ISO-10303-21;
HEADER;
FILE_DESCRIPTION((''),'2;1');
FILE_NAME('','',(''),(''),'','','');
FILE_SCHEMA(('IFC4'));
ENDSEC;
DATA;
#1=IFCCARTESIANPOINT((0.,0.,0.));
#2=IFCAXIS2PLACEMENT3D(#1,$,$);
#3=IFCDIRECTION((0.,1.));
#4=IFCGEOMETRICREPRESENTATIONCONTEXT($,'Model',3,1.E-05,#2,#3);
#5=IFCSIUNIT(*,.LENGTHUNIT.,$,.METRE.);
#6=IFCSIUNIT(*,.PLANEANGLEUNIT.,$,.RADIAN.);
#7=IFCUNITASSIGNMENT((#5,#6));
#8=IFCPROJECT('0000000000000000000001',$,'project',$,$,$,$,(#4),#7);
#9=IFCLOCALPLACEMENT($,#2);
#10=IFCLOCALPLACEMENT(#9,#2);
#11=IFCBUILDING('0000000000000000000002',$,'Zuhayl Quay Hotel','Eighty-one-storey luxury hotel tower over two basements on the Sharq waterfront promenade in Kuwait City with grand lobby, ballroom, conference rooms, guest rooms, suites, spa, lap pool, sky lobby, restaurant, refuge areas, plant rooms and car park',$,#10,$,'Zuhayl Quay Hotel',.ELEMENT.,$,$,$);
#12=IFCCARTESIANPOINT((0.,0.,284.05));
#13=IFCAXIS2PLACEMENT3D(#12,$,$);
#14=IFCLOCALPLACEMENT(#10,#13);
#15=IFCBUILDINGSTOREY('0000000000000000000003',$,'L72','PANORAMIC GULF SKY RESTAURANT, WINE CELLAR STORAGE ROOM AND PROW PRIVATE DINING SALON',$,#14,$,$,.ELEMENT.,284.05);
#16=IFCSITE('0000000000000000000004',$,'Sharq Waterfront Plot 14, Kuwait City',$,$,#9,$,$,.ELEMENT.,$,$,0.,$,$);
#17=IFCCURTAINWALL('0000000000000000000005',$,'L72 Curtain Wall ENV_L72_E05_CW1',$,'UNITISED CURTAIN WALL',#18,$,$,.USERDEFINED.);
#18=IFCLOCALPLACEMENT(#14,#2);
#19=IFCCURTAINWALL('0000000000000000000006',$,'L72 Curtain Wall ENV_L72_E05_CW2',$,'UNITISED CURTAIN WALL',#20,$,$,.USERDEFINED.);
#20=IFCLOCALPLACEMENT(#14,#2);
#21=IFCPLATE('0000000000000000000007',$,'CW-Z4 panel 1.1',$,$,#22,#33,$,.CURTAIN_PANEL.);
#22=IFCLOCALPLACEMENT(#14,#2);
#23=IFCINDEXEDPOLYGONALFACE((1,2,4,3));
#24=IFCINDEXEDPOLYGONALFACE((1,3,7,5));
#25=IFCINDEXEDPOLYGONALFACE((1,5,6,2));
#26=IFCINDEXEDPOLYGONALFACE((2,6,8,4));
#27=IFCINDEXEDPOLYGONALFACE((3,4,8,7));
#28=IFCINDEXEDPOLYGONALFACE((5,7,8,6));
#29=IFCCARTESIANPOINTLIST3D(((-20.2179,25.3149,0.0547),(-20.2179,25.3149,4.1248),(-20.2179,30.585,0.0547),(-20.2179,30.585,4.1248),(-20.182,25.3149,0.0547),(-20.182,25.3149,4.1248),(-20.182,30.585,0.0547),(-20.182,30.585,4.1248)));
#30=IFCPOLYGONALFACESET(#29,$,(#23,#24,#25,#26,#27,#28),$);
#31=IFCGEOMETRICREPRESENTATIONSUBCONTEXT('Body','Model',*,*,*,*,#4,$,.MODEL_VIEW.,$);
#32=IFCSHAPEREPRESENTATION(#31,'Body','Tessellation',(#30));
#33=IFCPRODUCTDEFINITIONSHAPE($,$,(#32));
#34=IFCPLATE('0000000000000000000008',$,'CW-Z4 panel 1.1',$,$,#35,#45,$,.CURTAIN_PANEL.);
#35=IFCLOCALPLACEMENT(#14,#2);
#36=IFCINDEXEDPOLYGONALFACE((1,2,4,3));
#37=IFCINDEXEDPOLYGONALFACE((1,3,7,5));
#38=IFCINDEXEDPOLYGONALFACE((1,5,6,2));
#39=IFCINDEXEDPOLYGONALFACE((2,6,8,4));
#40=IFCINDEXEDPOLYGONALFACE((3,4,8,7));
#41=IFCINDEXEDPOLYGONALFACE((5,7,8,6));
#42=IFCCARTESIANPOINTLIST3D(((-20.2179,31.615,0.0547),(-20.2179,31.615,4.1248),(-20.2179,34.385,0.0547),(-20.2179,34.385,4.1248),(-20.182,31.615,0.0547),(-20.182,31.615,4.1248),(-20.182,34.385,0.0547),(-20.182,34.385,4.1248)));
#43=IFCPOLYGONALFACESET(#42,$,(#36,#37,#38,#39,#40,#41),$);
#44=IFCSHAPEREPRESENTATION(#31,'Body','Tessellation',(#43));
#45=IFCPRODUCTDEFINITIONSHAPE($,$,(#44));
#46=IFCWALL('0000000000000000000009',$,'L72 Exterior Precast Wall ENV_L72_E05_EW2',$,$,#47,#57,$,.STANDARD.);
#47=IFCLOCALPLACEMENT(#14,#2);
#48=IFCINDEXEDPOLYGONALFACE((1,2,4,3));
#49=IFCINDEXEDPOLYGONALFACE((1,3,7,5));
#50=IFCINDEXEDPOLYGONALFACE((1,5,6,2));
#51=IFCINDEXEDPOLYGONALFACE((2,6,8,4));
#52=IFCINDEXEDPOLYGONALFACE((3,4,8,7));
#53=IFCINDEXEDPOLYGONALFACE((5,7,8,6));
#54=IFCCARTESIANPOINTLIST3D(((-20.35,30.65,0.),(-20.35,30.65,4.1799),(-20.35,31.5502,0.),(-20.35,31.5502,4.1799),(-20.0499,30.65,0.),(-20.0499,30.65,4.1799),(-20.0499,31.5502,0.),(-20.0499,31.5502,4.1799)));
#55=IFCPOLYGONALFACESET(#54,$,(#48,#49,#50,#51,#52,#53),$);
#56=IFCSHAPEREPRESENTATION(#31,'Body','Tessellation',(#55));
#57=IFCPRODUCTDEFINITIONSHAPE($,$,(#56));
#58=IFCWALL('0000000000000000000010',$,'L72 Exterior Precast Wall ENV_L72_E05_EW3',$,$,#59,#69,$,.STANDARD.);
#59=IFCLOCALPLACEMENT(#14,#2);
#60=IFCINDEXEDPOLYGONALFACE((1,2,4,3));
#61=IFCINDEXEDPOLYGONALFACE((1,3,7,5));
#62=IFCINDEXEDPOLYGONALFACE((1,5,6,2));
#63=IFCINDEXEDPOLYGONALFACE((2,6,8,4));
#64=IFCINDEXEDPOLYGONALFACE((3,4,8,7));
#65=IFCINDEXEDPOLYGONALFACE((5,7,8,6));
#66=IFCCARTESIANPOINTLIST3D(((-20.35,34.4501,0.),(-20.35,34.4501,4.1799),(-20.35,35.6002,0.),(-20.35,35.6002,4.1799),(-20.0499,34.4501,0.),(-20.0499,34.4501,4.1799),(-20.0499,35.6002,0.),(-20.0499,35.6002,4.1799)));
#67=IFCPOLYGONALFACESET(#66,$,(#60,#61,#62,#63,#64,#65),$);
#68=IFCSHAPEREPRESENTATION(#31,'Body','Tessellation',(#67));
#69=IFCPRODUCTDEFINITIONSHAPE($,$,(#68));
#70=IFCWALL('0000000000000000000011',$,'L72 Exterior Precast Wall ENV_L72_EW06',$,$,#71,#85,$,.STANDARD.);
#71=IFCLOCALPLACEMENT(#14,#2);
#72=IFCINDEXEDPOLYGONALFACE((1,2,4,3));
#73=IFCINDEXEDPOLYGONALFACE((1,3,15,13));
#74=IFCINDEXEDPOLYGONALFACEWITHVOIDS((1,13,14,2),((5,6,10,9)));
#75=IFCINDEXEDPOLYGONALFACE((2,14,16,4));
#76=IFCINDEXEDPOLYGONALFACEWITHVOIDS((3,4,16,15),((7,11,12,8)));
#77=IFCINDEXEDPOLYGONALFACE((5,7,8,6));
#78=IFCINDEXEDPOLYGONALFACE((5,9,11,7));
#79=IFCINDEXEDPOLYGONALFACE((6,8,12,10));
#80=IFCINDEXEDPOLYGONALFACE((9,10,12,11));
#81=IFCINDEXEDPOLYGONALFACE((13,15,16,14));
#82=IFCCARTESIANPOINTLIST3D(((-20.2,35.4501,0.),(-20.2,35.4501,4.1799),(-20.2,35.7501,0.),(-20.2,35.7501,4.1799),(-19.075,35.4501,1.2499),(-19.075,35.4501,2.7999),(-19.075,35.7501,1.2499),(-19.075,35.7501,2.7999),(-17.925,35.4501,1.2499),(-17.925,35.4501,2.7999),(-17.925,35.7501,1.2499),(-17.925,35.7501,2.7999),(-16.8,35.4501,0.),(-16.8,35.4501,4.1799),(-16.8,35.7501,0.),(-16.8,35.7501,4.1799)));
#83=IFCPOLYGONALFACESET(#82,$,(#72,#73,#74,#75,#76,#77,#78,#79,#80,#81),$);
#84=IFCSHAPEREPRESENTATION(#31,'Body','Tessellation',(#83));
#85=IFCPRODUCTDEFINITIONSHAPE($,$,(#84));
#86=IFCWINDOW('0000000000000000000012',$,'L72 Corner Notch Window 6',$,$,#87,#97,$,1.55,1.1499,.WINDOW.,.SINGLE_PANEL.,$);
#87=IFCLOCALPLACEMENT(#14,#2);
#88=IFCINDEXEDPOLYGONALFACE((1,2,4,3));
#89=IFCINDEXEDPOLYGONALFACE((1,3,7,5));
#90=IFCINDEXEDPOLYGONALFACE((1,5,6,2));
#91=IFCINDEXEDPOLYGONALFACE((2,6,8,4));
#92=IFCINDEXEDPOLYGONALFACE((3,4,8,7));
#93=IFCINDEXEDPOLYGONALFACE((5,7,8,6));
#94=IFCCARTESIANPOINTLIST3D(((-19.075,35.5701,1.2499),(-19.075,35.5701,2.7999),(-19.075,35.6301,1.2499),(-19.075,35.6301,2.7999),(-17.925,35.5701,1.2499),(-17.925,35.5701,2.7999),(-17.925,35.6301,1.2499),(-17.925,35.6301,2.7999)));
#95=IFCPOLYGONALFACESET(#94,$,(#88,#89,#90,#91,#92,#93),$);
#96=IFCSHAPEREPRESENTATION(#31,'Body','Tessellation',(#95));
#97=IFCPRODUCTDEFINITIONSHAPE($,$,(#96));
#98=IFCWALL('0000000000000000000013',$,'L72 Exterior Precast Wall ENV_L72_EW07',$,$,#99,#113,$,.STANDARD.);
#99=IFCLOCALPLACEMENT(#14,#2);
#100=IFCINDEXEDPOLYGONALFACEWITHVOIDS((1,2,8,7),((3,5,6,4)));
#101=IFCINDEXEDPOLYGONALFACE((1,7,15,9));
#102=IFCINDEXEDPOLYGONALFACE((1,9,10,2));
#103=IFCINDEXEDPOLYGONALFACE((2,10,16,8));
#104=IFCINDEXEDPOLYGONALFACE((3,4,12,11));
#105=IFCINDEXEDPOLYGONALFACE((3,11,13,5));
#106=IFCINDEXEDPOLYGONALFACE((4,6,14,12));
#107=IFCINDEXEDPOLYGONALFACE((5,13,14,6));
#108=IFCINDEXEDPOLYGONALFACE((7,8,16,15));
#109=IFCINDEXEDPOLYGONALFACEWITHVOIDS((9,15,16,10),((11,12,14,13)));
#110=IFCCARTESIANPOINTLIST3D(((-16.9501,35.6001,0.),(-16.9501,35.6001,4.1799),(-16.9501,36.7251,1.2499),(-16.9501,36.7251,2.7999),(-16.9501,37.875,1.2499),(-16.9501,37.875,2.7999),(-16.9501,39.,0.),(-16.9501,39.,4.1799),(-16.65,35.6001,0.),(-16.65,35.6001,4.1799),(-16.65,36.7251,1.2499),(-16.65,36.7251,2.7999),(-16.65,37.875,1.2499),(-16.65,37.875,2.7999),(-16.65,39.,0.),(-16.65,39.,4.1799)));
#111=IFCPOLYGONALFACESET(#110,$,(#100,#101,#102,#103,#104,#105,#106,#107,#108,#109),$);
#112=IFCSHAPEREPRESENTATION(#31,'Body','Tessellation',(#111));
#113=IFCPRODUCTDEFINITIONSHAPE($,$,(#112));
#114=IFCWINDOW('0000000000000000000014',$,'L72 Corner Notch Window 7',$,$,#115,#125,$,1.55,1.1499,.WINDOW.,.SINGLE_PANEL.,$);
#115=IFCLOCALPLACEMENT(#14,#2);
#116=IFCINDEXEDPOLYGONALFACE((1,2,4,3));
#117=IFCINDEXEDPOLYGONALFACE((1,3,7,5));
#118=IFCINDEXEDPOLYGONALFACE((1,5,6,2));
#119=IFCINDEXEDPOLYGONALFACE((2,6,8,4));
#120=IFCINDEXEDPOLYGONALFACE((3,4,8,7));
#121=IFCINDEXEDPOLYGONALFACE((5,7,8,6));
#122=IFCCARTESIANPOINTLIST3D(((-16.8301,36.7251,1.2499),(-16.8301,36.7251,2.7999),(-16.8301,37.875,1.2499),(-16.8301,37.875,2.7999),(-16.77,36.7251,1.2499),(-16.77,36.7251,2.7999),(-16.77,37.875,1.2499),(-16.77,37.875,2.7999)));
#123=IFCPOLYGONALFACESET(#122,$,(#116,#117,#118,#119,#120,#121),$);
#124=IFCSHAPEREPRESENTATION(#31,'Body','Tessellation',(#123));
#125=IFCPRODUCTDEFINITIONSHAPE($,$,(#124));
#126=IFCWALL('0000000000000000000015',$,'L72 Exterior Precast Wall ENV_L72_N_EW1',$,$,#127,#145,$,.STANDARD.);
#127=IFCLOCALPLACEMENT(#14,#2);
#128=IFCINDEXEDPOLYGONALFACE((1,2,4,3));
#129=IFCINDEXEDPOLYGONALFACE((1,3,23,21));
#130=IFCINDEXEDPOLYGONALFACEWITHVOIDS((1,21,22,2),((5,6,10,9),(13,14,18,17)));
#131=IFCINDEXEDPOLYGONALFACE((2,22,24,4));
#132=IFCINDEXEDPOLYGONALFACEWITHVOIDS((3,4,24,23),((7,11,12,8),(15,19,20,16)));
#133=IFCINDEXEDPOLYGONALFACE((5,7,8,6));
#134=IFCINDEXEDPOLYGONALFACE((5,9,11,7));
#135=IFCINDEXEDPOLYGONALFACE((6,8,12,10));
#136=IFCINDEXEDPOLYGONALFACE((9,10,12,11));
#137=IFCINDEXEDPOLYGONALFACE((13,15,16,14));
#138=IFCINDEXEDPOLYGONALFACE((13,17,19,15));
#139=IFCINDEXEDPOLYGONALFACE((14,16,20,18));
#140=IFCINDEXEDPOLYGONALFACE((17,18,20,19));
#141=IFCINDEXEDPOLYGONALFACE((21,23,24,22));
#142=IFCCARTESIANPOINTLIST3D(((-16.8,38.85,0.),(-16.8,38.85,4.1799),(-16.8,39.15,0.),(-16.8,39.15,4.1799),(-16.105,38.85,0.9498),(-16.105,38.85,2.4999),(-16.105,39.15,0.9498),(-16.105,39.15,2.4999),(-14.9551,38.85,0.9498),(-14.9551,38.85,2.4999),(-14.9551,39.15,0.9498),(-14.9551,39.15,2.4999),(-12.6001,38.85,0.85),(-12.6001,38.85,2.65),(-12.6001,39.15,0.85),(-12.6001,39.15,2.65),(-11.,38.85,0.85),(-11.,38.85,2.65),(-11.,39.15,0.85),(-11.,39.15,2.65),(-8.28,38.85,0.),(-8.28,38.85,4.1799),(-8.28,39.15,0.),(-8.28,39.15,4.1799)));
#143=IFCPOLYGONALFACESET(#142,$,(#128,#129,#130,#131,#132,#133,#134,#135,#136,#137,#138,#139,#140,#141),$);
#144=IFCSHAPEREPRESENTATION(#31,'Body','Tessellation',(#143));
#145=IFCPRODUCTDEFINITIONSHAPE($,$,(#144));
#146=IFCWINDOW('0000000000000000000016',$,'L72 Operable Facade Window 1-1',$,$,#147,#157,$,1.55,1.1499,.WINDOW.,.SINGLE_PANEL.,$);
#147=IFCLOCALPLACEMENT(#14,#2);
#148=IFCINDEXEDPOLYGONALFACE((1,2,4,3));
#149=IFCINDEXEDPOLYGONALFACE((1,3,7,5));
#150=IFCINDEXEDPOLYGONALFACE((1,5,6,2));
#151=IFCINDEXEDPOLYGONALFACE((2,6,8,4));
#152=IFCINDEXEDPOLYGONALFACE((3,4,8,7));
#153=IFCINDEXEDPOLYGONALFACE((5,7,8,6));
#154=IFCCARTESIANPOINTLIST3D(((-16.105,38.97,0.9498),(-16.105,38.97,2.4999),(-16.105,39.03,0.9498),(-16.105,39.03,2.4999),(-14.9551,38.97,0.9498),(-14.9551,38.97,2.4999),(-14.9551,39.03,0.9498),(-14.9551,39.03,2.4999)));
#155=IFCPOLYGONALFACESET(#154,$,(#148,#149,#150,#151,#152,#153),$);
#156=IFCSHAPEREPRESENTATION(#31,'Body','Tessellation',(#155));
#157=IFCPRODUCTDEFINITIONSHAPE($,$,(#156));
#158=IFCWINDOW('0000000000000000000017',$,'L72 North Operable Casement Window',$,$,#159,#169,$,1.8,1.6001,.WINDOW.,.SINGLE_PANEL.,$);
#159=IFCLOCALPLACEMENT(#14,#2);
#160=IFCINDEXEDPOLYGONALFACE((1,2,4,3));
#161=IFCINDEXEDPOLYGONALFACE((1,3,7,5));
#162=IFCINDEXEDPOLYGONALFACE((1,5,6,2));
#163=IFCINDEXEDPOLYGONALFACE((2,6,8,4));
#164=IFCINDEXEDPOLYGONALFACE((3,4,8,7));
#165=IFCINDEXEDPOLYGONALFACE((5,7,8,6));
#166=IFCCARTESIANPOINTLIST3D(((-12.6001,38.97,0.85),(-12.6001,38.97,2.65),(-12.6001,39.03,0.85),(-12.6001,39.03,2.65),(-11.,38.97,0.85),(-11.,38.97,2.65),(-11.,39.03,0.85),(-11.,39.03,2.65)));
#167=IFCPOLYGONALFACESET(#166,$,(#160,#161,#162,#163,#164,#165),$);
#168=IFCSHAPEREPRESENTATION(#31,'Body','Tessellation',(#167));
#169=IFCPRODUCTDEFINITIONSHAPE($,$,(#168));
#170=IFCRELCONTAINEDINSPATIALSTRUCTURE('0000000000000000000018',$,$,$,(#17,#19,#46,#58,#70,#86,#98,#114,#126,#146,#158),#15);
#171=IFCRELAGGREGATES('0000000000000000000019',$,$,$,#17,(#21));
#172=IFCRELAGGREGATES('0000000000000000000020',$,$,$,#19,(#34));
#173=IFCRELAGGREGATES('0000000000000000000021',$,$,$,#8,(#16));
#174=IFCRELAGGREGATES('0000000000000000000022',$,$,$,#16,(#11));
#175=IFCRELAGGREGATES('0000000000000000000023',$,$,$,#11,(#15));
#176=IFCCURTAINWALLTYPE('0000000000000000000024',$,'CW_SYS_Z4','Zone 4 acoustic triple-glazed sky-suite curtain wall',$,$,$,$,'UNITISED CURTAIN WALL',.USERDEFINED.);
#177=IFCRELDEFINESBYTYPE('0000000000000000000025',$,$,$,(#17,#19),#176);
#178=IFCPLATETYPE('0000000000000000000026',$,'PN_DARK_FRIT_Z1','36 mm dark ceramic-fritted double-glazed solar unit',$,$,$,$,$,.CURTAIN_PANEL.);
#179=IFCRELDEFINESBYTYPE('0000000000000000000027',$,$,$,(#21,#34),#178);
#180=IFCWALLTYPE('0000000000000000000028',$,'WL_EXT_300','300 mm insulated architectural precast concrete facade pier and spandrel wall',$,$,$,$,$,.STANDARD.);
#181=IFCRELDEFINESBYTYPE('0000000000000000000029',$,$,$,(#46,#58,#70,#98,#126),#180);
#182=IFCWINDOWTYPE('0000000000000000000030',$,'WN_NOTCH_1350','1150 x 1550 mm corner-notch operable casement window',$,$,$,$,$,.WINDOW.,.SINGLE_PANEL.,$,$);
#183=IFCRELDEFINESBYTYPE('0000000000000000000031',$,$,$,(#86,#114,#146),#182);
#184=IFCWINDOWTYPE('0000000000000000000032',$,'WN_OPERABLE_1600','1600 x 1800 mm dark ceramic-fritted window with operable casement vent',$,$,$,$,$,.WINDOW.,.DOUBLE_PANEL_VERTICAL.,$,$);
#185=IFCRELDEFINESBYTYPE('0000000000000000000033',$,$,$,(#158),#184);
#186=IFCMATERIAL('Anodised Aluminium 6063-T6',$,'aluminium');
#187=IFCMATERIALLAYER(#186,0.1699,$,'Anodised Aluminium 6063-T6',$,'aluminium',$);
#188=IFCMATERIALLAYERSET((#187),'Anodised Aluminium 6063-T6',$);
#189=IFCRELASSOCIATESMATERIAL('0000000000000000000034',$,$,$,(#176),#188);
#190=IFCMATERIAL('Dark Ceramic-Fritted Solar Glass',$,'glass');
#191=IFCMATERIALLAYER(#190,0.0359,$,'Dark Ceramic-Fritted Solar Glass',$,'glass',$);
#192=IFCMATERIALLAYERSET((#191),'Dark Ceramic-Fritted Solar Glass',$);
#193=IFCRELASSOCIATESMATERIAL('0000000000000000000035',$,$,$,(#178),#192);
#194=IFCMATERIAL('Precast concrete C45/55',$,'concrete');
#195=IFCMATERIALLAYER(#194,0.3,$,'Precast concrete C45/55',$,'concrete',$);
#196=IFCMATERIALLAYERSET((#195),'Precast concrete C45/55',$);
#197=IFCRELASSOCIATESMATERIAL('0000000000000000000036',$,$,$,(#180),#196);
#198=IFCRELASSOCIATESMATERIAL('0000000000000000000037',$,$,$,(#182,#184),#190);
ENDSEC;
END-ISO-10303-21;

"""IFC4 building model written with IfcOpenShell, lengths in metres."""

from ifc_helpers import new_model, si_unit, direction, frame, frame_2d, origin, origin_2d, place, context, subcontext, project, spatial, rectangle, extrude, material, layer, layer_set, type_object, element, fill, aggregate, save


model = new_model("IFC4")

# Units and contexts
model_context = context("Model", 3, precision=1e-05, world=origin(), true_north=direction((0.0, 1.0)))
body_context = subcontext(model_context, "Body", "Model", "MODEL_VIEW")
ifc_project = project(units=[si_unit("LENGTHUNIT", "METRE"), si_unit("PLANEANGLEUNIT", "RADIAN")], contexts=[model_context])

# Site, building, storey
site_placement = place(None, origin())
site = spatial("IfcSite", under=ifc_project, at=site_placement, Name="Sharq Waterfront Plot 14, Kuwait City", CompositionType="ELEMENT", RefElevation=0.0)
building_placement = place(site_placement, origin())
building = spatial("IfcBuilding", under=site, at=building_placement, Name="Zuhayl Quay Hotel", Description="Eighty-one-storey luxury hotel tower over two basements on the Sharq waterfront promenade in Kuwait City with grand lobby, ballroom, conference rooms, guest rooms, suites, spa, lap pool, sky lobby, restaurant, refuge areas, plant rooms and car park", LongName="Zuhayl Quay Hotel", CompositionType="ELEMENT")
storey_placement = place(building_placement, frame((0.0, 0.0, 284.05)))
storey = spatial("IfcBuildingStorey", under=building, at=storey_placement, Name="L72", Description="PANORAMIC GULF SKY RESTAURANT, WINE CELLAR STORAGE ROOM AND PROW PRIVATE DINING SALON", CompositionType="ELEMENT", Elevation=284.05)

# Curtain wall
ifc_material_1 = material(Name="Anodised Aluminium 6063-T6", Category="aluminium")
ifc_layer_1 = layer(ifc_material_1, 0.1699, Name="Anodised Aluminium 6063-T6", Category="aluminium")
ifc_layer_set_1 = layer_set([ifc_layer_1], Name="Anodised Aluminium 6063-T6")
curtain_wall_type = type_object("IfcCurtainWallType", Name="CW_SYS_Z4", Description="Zone 4 acoustic triple-glazed sky-suite curtain wall", ElementType="UNITISED CURTAIN WALL", PredefinedType="USERDEFINED", material=ifc_layer_set_1)
curtain_wall_1_placement = place(storey_placement, origin())
curtain_wall_1 = element("IfcCurtainWall", 1, at=curtain_wall_1_placement, inside=storey, type_object=curtain_wall_type, Name="L72 Curtain Wall ENV_L72_E05_CW1", ObjectType="UNITISED CURTAIN WALL", PredefinedType="USERDEFINED")

# Curtain wall
curtain_wall_2_placement = place(storey_placement, origin())
curtain_wall_2 = element("IfcCurtainWall", 2, at=curtain_wall_2_placement, inside=storey, type_object=curtain_wall_type, Name="L72 Curtain Wall ENV_L72_E05_CW2", ObjectType="UNITISED CURTAIN WALL", PredefinedType="USERDEFINED")

# Plates
ifc_material_2 = material(Name="Dark Ceramic-Fritted Solar Glass", Category="glass")
ifc_layer_2 = layer(ifc_material_2, 0.0359, Name="Dark Ceramic-Fritted Solar Glass", Category="glass")
ifc_layer_set_2 = layer_set([ifc_layer_2], Name="Dark Ceramic-Fritted Solar Glass")
plate_type = type_object("IfcPlateType", Name="PN_DARK_FRIT_Z1", Description="36 mm dark ceramic-fritted double-glazed solar unit", PredefinedType="CURTAIN_PANEL", material=ifc_layer_set_2)
plate_1_placement = place(storey_placement, frame((-20.2, 27.95, 0.0547), z_axis=(0.0, 0.0, 1.0), x_axis=(0.0, 1.0, 0.0)))
plate_1 = element("IfcPlate", 3, at=plate_1_placement, type_object=plate_type, Name="CW-Z4 panel 1.1", PredefinedType="CURTAIN_PANEL", context=body_context, shape_type="SweptSolid", body=[
    extrude(rectangle(XDim=5.27, YDim=0.0359, at=origin_2d()), origin(), (0.0, 0.0, 1.0), 4.0701),
])
aggregate(curtain_wall_1, [plate_1])
plate_2_placement = place(storey_placement, frame((-20.2, 33.0, 0.0547), z_axis=(0.0, 0.0, 1.0), x_axis=(0.0, 1.0, 0.0)))
plate_2 = element("IfcPlate", 4, at=plate_2_placement, type_object=plate_type, Name="CW-Z4 panel 1.1", PredefinedType="CURTAIN_PANEL", context=body_context, shape_type="SweptSolid", body=[
    extrude(rectangle(XDim=2.77, YDim=0.0359, at=origin_2d()), origin(), (0.0, 0.0, 1.0), 4.0701),
])
aggregate(curtain_wall_2, [plate_2])

# Walls
ifc_material_3 = material(Name="Precast concrete C45/55", Category="concrete")
ifc_layer_3 = layer(ifc_material_3, 0.3, Name="Precast concrete C45/55", Category="concrete")
ifc_layer_set_3 = layer_set([ifc_layer_3], Name="Precast concrete C45/55")
wall_type_1 = type_object("IfcWallType", Name="WL_EXT_300", Description="300 mm insulated architectural precast concrete facade pier and spandrel wall", PredefinedType="STANDARD", material=ifc_layer_set_3)
wall_1_placement = place(storey_placement, frame((-20.2, 30.6499, 0.0), z_axis=(0.0, 0.0, 1.0), x_axis=(0.0, 1.0, 0.0)))
element("IfcWall", 5, at=wall_1_placement, inside=storey, type_object=wall_type_1, Name="L72 Exterior Precast Wall ENV_L72_E05_EW2", PredefinedType="STANDARD", context=body_context, shape_type="SweptSolid", body=[
    extrude(rectangle(XDim=0.9001, YDim=0.3, at=frame_2d((0.4502, 0.0))), origin(), (0.0, 0.0, 1.0), 4.1799),
])
wall_2_placement = place(storey_placement, frame((-20.2, 34.45, 0.0), z_axis=(0.0, 0.0, 1.0), x_axis=(0.0, 1.0, 0.0)))
element("IfcWall", 6, at=wall_2_placement, inside=storey, type_object=wall_type_1, Name="L72 Exterior Precast Wall ENV_L72_E05_EW3", PredefinedType="STANDARD", context=body_context, shape_type="SweptSolid", body=[
    extrude(rectangle(XDim=1.1501, YDim=0.3, at=frame_2d((0.5752, 0.0))), origin(), (0.0, 0.0, 1.0), 4.1799),
])

# Walls, openings, windows
wall_3_placement = place(storey_placement, frame((-20.2, 35.6001, 0.0), z_axis=(0.0, 0.0, 1.0), x_axis=(1.0, 0.0, 0.0)))
wall_3 = element("IfcWall", 7, at=wall_3_placement, inside=storey, type_object=wall_type_1, Name="L72 Exterior Precast Wall ENV_L72_EW06", PredefinedType="STANDARD", context=body_context, shape_type="SweptSolid", body=[
    extrude(rectangle(XDim=3.3999, YDim=0.3, at=frame_2d((1.7, 0.0))), origin(), (0.0, 0.0, 1.0), 4.1799),
])
opening_1_placement = place(wall_3_placement, frame((1.125, 0.0, 1.25)))
opening_1 = element("IfcOpeningElement", 8, at=opening_1_placement, cuts=wall_3, PredefinedType="OPENING", context=body_context, shape_type="SweptSolid", body=[
    extrude(rectangle(XDim=1.1499, YDim=1.55, at=frame_2d((0.575, 0.7749))), frame((0.0, 0.1599, 0.0), z_axis=(0.0, -1.0, 0.0), x_axis=(1.0, 0.0, 0.0)), (0.0, 0.0, 1.0), 0.3201),
])
window_type_1 = type_object("IfcWindowType", Name="WN_NOTCH_1350", Description="1150 x 1550 mm corner-notch operable casement window", PartitioningType="SINGLE_PANEL", PredefinedType="WINDOW", material=ifc_material_2)
window_1_placement = place(opening_1_placement, origin())
window_1 = element("IfcWindow", 9, at=window_1_placement, inside=storey, type_object=window_type_1, Name="L72 Corner Notch Window 6", OverallHeight=1.55, OverallWidth=1.1499, PartitioningType="SINGLE_PANEL", PredefinedType="WINDOW", context=body_context, shape_type="SweptSolid", body=[
    extrude(rectangle(XDim=1.1499, YDim=1.55, at=frame_2d((0.575, 0.7749))), frame((0.0, 0.03, 0.0), z_axis=(0.0, -1.0, 0.0), x_axis=(1.0, 0.0, 0.0)), (0.0, 0.0, 1.0), 0.0601),
])
fill(opening_1, window_1)
wall_4_placement = place(storey_placement, frame((-16.8, 35.6001, 0.0), z_axis=(0.0, 0.0, 1.0), x_axis=(0.0, 1.0, 0.0)))
wall_4 = element("IfcWall", 10, at=wall_4_placement, inside=storey, type_object=wall_type_1, Name="L72 Exterior Precast Wall ENV_L72_EW07", PredefinedType="STANDARD", context=body_context, shape_type="SweptSolid", body=[
    extrude(rectangle(XDim=3.3999, YDim=0.3, at=frame_2d((1.7, 0.0))), origin(), (0.0, 0.0, 1.0), 4.1799),
])
opening_2_placement = place(wall_4_placement, frame((1.125, 0.0, 1.25)))
opening_2 = element("IfcOpeningElement", 11, at=opening_2_placement, cuts=wall_4, PredefinedType="OPENING", context=body_context, shape_type="SweptSolid", body=[
    extrude(rectangle(XDim=1.1499, YDim=1.55, at=frame_2d((0.575, 0.7749))), frame((0.0, 0.1599, 0.0), z_axis=(0.0, -1.0, 0.0), x_axis=(1.0, 0.0, 0.0)), (0.0, 0.0, 1.0), 0.3201),
])
window_2_placement = place(opening_2_placement, origin())
window_2 = element("IfcWindow", 12, at=window_2_placement, inside=storey, type_object=window_type_1, Name="L72 Corner Notch Window 7", OverallHeight=1.55, OverallWidth=1.1499, PartitioningType="SINGLE_PANEL", PredefinedType="WINDOW", context=body_context, shape_type="SweptSolid", body=[
    extrude(rectangle(XDim=1.1499, YDim=1.55, at=frame_2d((0.575, 0.7749))), frame((0.0, 0.03, 0.0), z_axis=(0.0, -1.0, 0.0), x_axis=(1.0, 0.0, 0.0)), (0.0, 0.0, 1.0), 0.0601),
])
fill(opening_2, window_2)

# Wall, openings, windows
wall_5_placement = place(storey_placement, frame((-16.8, 39.0, 0.0), z_axis=(0.0, 0.0, 1.0), x_axis=(1.0, 0.0, 0.0)))
wall_5 = element("IfcWall", 13, at=wall_5_placement, inside=storey, type_object=wall_type_1, Name="L72 Exterior Precast Wall ENV_L72_N_EW1", PredefinedType="STANDARD", context=body_context, shape_type="SweptSolid", body=[
    extrude(rectangle(XDim=8.52, YDim=0.3, at=frame_2d((4.26, 0.0))), origin(), (0.0, 0.0, 1.0), 4.1799),
])
opening_3_placement = place(wall_5_placement, frame((4.2, 0.0, 0.8501)))
opening_3 = element("IfcOpeningElement", 14, at=opening_3_placement, cuts=wall_5, PredefinedType="OPENING", context=body_context, shape_type="SweptSolid", body=[
    extrude(rectangle(XDim=1.6001, YDim=1.8, at=frame_2d((0.8, 0.8999))), frame((0.0, 0.1599, 0.0), z_axis=(0.0, -1.0, 0.0), x_axis=(1.0, 0.0, 0.0)), (0.0, 0.0, 1.0), 0.3201),
])
opening_4_placement = place(wall_5_placement, frame((0.6951, 0.0, 0.95)))
opening_4 = element("IfcOpeningElement", 15, at=opening_4_placement, cuts=wall_5, PredefinedType="OPENING", context=body_context, shape_type="SweptSolid", body=[
    extrude(rectangle(XDim=1.1499, YDim=1.55, at=frame_2d((0.575, 0.7749))), frame((0.0, 0.1599, 0.0), z_axis=(0.0, -1.0, 0.0), x_axis=(1.0, 0.0, 0.0)), (0.0, 0.0, 1.0), 0.3201),
])
window_3_placement = place(opening_4_placement, origin())
window_3 = element("IfcWindow", 16, at=window_3_placement, inside=storey, type_object=window_type_1, Name="L72 Operable Facade Window 1-1", OverallHeight=1.55, OverallWidth=1.1499, PartitioningType="SINGLE_PANEL", PredefinedType="WINDOW", context=body_context, shape_type="SweptSolid", body=[
    extrude(rectangle(XDim=1.1499, YDim=1.55, at=frame_2d((0.575, 0.7749))), frame((0.0, 0.03, 0.0), z_axis=(0.0, -1.0, 0.0), x_axis=(1.0, 0.0, 0.0)), (0.0, 0.0, 1.0), 0.0601),
])
fill(opening_4, window_3)
window_type_2 = type_object("IfcWindowType", Name="WN_OPERABLE_1600", Description="1600 x 1800 mm dark ceramic-fritted window with operable casement vent", PartitioningType="DOUBLE_PANEL_VERTICAL", PredefinedType="WINDOW", material=ifc_material_2)
window_4_placement = place(opening_3_placement, origin())
window_4 = element("IfcWindow", 17, at=window_4_placement, inside=storey, type_object=window_type_2, Name="L72 North Operable Casement Window", OverallHeight=1.8, OverallWidth=1.6001, PartitioningType="SINGLE_PANEL", PredefinedType="WINDOW", context=body_context, shape_type="SweptSolid", body=[
    extrude(rectangle(XDim=1.6001, YDim=1.8, at=frame_2d((0.8, 0.8999))), frame((0.0, 0.03, 0.0), z_axis=(0.0, -1.0, 0.0), x_axis=(1.0, 0.0, 0.0)), (0.0, 0.0, 1.0), 0.0601),
])
fill(opening_3, window_4)

save(model, "model.ifc")
